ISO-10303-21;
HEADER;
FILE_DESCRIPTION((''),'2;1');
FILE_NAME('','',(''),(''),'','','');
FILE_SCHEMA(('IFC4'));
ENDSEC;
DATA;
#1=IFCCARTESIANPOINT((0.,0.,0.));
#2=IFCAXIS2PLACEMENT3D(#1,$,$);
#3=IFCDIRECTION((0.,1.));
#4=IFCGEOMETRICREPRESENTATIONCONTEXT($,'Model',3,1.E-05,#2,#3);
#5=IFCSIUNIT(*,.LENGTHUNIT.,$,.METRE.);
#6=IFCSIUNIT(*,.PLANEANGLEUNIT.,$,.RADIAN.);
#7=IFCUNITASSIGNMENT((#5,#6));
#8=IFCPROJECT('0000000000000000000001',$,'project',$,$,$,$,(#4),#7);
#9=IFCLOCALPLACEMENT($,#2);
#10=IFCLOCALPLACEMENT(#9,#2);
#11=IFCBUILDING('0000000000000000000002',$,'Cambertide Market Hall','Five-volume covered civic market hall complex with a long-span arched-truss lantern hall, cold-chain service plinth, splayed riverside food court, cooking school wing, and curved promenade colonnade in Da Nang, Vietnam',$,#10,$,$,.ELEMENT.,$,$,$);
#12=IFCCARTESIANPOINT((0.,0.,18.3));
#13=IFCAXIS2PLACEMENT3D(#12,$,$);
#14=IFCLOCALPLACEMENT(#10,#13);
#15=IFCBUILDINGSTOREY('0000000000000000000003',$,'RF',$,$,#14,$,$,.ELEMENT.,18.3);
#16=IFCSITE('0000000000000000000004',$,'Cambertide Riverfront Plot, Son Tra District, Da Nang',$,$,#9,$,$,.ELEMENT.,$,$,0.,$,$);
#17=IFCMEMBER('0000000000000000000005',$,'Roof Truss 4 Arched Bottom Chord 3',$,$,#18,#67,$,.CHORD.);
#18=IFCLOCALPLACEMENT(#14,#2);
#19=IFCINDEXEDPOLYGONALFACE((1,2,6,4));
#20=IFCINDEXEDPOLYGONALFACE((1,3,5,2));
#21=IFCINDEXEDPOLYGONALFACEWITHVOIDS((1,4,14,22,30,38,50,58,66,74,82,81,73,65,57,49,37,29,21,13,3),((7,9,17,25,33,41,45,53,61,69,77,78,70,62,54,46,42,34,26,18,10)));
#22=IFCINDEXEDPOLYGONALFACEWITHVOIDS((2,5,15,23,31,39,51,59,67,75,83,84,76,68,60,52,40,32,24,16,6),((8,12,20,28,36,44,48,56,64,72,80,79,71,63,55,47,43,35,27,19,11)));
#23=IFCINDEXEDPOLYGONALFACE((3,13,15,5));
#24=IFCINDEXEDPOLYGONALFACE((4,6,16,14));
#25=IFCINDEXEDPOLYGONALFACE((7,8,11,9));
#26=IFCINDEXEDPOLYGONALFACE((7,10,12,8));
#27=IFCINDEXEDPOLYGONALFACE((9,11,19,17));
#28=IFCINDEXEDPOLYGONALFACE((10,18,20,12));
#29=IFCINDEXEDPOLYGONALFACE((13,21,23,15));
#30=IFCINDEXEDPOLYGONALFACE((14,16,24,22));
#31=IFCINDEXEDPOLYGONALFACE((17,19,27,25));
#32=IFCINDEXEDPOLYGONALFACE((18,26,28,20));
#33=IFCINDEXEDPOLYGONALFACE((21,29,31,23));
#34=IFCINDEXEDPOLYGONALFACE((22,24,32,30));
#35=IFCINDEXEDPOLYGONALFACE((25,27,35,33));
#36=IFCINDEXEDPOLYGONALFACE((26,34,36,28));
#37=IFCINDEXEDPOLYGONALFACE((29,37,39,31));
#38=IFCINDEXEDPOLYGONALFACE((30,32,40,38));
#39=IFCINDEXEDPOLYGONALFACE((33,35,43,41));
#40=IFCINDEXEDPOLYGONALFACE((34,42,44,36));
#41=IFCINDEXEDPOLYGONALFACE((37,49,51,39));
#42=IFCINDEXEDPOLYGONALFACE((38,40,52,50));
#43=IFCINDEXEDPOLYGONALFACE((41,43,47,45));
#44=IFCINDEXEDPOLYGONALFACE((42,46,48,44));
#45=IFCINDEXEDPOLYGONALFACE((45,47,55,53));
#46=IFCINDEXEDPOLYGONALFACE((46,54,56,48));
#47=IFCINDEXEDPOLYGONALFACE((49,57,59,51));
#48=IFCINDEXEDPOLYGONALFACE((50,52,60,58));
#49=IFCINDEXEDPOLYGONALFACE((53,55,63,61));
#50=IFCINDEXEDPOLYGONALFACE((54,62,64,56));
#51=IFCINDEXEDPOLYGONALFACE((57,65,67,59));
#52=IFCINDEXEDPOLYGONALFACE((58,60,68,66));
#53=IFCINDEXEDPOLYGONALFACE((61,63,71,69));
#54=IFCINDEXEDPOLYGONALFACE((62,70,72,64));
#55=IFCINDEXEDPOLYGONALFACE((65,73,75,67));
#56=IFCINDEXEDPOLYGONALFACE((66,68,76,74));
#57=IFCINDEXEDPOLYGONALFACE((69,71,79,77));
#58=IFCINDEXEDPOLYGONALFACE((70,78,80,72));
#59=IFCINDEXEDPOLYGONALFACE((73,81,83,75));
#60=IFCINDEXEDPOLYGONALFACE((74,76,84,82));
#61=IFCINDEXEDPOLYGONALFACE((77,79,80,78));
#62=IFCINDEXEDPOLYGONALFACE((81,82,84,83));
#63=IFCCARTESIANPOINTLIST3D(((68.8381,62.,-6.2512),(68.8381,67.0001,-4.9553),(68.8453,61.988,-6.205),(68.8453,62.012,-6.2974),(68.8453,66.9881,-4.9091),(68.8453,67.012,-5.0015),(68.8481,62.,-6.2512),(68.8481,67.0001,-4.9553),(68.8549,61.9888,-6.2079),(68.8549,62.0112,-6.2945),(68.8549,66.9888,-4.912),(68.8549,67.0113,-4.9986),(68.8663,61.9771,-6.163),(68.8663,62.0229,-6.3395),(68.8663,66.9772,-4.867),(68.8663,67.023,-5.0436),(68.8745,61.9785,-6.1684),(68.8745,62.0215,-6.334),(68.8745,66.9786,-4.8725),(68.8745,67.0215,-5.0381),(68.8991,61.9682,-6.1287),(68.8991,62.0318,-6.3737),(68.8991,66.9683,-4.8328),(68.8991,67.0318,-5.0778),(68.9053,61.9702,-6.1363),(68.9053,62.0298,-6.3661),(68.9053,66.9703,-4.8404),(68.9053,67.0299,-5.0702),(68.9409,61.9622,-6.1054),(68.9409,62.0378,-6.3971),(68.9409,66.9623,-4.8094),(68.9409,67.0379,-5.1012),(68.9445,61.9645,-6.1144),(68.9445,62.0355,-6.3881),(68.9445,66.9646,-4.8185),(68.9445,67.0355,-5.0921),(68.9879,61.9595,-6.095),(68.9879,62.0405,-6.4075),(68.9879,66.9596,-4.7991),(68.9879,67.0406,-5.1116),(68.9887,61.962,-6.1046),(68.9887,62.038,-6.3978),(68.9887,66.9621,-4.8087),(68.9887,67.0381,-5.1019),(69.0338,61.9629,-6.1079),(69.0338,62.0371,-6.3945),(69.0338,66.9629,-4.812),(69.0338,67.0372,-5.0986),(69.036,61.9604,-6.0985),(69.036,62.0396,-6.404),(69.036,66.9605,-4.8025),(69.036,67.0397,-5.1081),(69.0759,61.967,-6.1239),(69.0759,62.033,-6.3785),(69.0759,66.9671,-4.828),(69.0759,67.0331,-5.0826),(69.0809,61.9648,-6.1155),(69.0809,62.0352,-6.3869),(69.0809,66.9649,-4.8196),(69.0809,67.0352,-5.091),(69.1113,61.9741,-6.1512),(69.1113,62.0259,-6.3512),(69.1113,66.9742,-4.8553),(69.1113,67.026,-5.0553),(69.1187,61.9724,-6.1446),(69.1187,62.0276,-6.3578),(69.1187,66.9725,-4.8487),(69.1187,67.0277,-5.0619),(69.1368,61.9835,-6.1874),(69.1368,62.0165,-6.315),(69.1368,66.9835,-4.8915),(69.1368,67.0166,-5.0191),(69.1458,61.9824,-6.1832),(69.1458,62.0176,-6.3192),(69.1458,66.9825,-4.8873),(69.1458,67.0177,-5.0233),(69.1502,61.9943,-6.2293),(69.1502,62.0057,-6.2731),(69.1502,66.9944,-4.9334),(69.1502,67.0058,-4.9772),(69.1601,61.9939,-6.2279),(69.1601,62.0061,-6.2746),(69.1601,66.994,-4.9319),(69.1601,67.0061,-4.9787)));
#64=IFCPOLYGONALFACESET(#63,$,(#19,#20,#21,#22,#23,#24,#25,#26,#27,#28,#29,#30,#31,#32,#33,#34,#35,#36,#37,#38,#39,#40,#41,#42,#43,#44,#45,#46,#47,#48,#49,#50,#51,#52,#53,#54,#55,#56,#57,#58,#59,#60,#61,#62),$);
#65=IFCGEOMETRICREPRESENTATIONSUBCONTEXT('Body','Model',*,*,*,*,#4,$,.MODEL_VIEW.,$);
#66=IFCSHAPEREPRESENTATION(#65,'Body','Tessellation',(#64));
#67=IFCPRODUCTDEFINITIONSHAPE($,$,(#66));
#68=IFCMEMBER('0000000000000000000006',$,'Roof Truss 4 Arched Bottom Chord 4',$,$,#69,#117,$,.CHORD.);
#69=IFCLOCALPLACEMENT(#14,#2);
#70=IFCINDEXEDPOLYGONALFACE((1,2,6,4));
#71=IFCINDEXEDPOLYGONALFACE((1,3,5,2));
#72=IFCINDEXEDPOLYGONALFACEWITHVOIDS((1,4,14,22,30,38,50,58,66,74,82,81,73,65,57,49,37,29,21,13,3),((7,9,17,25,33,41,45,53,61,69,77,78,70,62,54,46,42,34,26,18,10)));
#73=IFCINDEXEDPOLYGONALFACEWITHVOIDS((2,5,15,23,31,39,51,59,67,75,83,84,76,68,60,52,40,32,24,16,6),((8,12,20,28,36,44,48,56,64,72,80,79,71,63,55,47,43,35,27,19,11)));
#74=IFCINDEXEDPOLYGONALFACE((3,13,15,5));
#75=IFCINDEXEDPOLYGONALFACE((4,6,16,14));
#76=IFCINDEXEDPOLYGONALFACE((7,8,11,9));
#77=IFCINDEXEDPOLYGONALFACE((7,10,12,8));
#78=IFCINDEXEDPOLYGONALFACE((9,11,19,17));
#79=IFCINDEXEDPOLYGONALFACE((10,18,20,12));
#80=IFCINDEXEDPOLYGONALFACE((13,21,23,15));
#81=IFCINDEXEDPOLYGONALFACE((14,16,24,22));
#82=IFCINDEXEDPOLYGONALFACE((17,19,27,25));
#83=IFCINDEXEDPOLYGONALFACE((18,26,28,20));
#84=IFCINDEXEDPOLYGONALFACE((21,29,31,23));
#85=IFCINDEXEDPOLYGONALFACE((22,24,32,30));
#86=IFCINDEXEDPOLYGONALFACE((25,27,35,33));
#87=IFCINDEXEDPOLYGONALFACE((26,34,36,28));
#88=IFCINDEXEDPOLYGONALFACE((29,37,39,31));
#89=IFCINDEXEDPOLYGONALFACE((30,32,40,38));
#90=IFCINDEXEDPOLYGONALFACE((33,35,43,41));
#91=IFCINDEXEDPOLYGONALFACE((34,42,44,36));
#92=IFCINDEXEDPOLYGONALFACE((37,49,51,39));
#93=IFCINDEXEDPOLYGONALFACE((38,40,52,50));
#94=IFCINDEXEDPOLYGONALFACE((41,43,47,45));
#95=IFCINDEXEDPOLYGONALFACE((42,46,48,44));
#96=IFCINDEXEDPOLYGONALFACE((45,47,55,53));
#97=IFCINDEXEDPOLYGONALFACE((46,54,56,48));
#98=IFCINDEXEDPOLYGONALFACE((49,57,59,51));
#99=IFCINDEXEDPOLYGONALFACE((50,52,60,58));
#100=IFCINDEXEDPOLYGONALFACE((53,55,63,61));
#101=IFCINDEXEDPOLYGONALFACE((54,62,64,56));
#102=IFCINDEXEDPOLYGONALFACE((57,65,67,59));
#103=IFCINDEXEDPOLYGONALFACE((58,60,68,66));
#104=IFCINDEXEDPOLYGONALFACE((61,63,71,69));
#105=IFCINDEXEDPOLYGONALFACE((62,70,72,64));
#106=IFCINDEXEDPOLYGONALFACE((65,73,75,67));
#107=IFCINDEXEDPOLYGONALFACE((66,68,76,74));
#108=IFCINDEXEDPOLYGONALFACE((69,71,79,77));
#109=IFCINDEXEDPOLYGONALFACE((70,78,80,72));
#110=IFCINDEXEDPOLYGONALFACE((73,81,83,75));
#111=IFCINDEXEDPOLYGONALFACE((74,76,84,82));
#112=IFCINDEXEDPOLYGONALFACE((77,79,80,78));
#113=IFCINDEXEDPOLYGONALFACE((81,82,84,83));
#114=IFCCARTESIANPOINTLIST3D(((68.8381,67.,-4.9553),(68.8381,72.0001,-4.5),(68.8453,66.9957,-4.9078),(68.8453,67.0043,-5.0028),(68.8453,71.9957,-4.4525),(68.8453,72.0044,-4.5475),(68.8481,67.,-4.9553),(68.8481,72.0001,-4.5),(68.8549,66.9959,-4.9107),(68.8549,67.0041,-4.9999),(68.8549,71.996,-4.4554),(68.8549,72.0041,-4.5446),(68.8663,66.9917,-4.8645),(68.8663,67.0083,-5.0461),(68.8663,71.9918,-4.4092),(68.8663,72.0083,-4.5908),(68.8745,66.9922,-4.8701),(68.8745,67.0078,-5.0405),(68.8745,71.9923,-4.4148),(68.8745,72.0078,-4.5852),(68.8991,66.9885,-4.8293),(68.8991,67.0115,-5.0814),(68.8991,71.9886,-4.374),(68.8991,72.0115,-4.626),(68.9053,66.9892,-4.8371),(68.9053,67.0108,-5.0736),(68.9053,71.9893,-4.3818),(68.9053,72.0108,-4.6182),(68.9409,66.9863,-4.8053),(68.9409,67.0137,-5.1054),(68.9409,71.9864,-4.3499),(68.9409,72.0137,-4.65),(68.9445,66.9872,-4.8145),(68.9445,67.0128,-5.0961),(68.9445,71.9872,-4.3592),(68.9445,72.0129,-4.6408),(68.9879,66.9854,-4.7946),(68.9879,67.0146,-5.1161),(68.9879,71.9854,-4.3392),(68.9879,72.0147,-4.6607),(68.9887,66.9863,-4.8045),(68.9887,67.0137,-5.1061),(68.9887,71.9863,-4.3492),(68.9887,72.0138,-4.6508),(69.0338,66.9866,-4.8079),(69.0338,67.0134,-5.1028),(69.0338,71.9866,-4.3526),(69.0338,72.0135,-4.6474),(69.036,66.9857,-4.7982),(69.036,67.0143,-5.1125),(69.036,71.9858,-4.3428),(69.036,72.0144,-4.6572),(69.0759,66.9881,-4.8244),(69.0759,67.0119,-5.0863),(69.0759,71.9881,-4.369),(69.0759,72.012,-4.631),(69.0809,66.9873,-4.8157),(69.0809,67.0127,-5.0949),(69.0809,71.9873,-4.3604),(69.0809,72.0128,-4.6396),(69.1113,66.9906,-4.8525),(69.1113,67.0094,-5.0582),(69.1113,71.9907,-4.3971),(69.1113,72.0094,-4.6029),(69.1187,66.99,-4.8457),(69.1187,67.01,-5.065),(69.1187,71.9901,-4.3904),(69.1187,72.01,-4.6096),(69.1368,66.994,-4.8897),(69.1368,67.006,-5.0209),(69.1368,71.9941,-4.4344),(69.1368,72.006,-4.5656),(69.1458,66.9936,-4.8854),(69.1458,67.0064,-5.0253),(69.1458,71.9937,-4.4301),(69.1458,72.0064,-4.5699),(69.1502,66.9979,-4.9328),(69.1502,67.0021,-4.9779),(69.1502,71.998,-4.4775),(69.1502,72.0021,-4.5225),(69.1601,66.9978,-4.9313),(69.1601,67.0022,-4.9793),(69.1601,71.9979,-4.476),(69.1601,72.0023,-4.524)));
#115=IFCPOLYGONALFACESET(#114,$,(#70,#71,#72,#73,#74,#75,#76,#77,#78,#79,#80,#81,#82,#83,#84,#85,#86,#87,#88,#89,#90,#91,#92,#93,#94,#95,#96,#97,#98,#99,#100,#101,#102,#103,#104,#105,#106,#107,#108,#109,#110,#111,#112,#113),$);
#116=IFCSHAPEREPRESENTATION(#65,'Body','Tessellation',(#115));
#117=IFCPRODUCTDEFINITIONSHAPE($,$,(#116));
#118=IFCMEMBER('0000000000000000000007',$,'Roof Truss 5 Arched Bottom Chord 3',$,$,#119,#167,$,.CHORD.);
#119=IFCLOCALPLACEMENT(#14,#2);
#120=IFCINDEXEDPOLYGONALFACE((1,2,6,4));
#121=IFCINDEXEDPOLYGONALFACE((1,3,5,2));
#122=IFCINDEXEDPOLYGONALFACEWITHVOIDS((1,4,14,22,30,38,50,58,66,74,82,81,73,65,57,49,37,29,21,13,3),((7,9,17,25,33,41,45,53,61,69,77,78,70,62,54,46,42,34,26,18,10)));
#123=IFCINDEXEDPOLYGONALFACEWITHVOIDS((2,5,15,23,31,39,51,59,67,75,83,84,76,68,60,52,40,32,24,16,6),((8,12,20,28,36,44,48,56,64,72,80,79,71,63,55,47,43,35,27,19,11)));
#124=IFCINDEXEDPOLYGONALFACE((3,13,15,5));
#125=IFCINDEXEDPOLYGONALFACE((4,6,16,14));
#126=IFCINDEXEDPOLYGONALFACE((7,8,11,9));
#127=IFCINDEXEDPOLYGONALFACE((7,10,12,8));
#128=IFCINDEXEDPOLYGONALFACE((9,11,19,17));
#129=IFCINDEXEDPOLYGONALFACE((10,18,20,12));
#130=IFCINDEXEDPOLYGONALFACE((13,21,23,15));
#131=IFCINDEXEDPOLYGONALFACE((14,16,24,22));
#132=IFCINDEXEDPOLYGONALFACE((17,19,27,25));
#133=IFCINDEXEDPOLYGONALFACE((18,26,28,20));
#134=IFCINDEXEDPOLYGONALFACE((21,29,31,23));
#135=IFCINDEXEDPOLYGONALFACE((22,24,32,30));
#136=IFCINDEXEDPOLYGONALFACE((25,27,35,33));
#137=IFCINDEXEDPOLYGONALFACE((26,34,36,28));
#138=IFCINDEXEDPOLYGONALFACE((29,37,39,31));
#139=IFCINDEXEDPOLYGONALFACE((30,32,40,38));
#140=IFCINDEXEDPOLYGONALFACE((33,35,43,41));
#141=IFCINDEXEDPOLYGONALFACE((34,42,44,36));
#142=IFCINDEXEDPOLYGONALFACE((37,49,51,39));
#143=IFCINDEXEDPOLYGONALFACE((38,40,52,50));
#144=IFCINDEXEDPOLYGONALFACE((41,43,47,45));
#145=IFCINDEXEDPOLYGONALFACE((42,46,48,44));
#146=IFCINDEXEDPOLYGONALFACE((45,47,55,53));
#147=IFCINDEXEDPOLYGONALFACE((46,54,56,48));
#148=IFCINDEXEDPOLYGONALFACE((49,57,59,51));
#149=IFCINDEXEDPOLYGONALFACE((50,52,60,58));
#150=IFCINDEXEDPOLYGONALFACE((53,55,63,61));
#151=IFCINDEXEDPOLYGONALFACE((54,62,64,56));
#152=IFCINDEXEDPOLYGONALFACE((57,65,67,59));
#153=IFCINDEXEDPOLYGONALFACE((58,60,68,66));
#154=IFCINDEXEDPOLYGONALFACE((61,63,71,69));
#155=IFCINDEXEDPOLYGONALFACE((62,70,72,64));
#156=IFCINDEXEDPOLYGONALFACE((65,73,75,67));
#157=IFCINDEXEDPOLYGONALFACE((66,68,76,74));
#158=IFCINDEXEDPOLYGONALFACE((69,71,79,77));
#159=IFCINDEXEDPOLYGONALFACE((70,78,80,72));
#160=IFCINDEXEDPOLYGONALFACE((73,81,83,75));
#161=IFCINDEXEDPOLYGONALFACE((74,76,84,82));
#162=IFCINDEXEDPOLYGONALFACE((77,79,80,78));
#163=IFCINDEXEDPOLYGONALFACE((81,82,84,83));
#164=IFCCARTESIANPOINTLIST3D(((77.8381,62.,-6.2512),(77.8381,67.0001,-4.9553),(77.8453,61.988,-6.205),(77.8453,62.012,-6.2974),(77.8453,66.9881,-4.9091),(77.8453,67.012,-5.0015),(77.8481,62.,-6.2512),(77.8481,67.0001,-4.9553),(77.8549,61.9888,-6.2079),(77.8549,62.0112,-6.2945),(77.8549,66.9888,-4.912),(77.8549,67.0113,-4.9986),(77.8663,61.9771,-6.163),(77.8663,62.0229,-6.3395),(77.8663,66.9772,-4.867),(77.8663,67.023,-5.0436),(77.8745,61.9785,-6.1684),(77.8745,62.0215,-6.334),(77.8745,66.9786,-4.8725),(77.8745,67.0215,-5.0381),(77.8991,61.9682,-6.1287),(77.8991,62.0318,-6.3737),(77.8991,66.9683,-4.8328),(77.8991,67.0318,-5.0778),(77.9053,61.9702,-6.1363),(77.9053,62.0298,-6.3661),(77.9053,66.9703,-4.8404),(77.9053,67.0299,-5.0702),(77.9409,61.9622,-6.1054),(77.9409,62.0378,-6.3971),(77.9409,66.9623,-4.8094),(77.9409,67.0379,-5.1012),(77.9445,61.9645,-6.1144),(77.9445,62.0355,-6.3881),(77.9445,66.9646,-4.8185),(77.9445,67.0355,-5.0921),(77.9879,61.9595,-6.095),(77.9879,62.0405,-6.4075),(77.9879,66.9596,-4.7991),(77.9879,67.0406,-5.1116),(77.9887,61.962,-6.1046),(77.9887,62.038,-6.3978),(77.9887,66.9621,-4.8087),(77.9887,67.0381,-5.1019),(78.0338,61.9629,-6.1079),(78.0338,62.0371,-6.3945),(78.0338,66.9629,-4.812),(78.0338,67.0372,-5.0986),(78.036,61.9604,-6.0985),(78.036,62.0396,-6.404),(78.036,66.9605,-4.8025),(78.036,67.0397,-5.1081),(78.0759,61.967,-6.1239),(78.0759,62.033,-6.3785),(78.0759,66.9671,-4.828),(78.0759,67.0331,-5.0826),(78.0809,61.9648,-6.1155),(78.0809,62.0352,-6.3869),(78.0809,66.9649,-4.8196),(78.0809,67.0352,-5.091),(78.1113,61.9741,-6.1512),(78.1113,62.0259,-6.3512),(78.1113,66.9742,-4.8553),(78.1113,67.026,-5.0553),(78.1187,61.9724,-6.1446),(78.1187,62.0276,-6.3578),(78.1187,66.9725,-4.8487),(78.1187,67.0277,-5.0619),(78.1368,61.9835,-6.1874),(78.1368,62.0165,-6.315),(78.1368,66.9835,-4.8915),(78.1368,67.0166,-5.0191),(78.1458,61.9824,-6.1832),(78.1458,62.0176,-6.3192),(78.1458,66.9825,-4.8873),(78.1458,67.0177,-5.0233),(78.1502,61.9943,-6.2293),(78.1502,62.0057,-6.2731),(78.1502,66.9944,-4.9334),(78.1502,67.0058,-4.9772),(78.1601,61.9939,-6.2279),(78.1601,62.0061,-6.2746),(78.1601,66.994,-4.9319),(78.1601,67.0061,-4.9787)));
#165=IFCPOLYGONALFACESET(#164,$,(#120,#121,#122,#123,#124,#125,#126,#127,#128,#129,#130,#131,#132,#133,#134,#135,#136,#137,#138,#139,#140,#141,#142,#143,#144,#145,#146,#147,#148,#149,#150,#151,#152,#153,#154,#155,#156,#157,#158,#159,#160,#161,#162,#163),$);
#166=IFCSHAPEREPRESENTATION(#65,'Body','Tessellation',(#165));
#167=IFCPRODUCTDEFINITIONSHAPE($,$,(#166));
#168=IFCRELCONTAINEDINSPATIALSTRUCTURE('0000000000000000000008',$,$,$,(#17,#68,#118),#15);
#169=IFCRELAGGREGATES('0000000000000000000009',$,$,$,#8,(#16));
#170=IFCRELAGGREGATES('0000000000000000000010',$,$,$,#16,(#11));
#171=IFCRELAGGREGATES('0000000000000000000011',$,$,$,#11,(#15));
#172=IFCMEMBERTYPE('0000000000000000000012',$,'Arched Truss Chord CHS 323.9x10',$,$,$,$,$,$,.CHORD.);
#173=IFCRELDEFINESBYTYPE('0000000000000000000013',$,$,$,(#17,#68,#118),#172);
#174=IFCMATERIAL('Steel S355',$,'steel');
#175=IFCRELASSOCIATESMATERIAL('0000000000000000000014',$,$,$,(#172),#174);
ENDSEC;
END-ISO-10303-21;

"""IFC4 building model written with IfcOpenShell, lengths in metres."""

from ifc_helpers import new_model, si_unit, direction, frame, origin, origin_2d, place, context, subcontext, project, spatial, hollow_circle, extrude, material, material_profile, profile_set, type_object, element, save


model = new_model("IFC4")

# Units and contexts
model_context = context("Model", 3, precision=1e-05, world=origin(), true_north=direction((0.0, 1.0)))
body_context = subcontext(model_context, "Body", "Model", "MODEL_VIEW")
ifc_project = project(units=[si_unit("LENGTHUNIT", "METRE"), si_unit("PLANEANGLEUNIT", "RADIAN")], contexts=[model_context])

# Site, building, storey
site_placement = place(None, origin())
site = spatial("IfcSite", under=ifc_project, at=site_placement, Name="Cambertide Riverfront Plot, Son Tra District, Da Nang", CompositionType="ELEMENT", RefElevation=0.0)
building_placement = place(site_placement, origin())
building = spatial("IfcBuilding", under=site, at=building_placement, Name="Cambertide Market Hall", Description="Five-volume covered civic market hall complex with a long-span arched-truss lantern hall, cold-chain service plinth, splayed riverside food court, cooking school wing, and curved promenade colonnade in Da Nang, Vietnam", CompositionType="ELEMENT")
storey_placement = place(building_placement, frame((0.0, 0.0, 18.3)))
storey = spatial("IfcBuildingStorey", under=building, at=storey_placement, Name="RF", CompositionType="ELEMENT", Elevation=18.3)

# Members
ifc_material_1 = material(Name="Steel S355", Category="steel")
ifc_material_profile_1 = material_profile(ifc_material_1, hollow_circle(Radius=0.1619, WallThickness=0.01, at=origin_2d()), Name="CHS 323.9x10")
ifc_profile_set_1 = profile_set([ifc_material_profile_1], Name="Steel S355")
member_type_1 = type_object("IfcMemberType", Name="Arched Truss Chord CHS 323.9x10", PredefinedType="CHORD", material=ifc_profile_set_1)
member_1_placement = place(storey_placement, frame((69.0, 62.0, -6.2512), z_axis=(0.0, 0.968016, 0.25089), x_axis=(-1.0, 0.0, 0.0)))
element("IfcMember", 1, at=member_1_placement, inside=storey, type_object=member_type_1, Name="Roof Truss 4 Arched Bottom Chord 3", PredefinedType="CHORD", context=body_context, shape_type="SweptSolid", body=[
    extrude(hollow_circle(Radius=0.1619, WallThickness=0.01, at=origin_2d()), origin(), (0.0, 0.0, 1.0), 5.1653),
])
member_2_placement = place(storey_placement, frame((69.0, 67.0, -4.9553), z_axis=(0.0, 0.995879, 0.090689), x_axis=(-1.0, 0.0, 0.0)))
element("IfcMember", 2, at=member_2_placement, inside=storey, type_object=member_type_1, Name="Roof Truss 4 Arched Bottom Chord 4", PredefinedType="CHORD", context=body_context, shape_type="SweptSolid", body=[
    extrude(hollow_circle(Radius=0.1619, WallThickness=0.01, at=origin_2d()), origin(), (0.0, 0.0, 1.0), 5.0208),
])
member_3_placement = place(storey_placement, frame((78.0, 62.0, -6.2512), z_axis=(0.0, 0.968016, 0.25089), x_axis=(-1.0, 0.0, 0.0)))
element("IfcMember", 3, at=member_3_placement, inside=storey, type_object=member_type_1, Name="Roof Truss 5 Arched Bottom Chord 3", PredefinedType="CHORD", context=body_context, shape_type="SweptSolid", body=[
    extrude(hollow_circle(Radius=0.1619, WallThickness=0.01, at=origin_2d()), origin(), (0.0, 0.0, 1.0), 5.1653),
])

save(model, "model.ifc")
